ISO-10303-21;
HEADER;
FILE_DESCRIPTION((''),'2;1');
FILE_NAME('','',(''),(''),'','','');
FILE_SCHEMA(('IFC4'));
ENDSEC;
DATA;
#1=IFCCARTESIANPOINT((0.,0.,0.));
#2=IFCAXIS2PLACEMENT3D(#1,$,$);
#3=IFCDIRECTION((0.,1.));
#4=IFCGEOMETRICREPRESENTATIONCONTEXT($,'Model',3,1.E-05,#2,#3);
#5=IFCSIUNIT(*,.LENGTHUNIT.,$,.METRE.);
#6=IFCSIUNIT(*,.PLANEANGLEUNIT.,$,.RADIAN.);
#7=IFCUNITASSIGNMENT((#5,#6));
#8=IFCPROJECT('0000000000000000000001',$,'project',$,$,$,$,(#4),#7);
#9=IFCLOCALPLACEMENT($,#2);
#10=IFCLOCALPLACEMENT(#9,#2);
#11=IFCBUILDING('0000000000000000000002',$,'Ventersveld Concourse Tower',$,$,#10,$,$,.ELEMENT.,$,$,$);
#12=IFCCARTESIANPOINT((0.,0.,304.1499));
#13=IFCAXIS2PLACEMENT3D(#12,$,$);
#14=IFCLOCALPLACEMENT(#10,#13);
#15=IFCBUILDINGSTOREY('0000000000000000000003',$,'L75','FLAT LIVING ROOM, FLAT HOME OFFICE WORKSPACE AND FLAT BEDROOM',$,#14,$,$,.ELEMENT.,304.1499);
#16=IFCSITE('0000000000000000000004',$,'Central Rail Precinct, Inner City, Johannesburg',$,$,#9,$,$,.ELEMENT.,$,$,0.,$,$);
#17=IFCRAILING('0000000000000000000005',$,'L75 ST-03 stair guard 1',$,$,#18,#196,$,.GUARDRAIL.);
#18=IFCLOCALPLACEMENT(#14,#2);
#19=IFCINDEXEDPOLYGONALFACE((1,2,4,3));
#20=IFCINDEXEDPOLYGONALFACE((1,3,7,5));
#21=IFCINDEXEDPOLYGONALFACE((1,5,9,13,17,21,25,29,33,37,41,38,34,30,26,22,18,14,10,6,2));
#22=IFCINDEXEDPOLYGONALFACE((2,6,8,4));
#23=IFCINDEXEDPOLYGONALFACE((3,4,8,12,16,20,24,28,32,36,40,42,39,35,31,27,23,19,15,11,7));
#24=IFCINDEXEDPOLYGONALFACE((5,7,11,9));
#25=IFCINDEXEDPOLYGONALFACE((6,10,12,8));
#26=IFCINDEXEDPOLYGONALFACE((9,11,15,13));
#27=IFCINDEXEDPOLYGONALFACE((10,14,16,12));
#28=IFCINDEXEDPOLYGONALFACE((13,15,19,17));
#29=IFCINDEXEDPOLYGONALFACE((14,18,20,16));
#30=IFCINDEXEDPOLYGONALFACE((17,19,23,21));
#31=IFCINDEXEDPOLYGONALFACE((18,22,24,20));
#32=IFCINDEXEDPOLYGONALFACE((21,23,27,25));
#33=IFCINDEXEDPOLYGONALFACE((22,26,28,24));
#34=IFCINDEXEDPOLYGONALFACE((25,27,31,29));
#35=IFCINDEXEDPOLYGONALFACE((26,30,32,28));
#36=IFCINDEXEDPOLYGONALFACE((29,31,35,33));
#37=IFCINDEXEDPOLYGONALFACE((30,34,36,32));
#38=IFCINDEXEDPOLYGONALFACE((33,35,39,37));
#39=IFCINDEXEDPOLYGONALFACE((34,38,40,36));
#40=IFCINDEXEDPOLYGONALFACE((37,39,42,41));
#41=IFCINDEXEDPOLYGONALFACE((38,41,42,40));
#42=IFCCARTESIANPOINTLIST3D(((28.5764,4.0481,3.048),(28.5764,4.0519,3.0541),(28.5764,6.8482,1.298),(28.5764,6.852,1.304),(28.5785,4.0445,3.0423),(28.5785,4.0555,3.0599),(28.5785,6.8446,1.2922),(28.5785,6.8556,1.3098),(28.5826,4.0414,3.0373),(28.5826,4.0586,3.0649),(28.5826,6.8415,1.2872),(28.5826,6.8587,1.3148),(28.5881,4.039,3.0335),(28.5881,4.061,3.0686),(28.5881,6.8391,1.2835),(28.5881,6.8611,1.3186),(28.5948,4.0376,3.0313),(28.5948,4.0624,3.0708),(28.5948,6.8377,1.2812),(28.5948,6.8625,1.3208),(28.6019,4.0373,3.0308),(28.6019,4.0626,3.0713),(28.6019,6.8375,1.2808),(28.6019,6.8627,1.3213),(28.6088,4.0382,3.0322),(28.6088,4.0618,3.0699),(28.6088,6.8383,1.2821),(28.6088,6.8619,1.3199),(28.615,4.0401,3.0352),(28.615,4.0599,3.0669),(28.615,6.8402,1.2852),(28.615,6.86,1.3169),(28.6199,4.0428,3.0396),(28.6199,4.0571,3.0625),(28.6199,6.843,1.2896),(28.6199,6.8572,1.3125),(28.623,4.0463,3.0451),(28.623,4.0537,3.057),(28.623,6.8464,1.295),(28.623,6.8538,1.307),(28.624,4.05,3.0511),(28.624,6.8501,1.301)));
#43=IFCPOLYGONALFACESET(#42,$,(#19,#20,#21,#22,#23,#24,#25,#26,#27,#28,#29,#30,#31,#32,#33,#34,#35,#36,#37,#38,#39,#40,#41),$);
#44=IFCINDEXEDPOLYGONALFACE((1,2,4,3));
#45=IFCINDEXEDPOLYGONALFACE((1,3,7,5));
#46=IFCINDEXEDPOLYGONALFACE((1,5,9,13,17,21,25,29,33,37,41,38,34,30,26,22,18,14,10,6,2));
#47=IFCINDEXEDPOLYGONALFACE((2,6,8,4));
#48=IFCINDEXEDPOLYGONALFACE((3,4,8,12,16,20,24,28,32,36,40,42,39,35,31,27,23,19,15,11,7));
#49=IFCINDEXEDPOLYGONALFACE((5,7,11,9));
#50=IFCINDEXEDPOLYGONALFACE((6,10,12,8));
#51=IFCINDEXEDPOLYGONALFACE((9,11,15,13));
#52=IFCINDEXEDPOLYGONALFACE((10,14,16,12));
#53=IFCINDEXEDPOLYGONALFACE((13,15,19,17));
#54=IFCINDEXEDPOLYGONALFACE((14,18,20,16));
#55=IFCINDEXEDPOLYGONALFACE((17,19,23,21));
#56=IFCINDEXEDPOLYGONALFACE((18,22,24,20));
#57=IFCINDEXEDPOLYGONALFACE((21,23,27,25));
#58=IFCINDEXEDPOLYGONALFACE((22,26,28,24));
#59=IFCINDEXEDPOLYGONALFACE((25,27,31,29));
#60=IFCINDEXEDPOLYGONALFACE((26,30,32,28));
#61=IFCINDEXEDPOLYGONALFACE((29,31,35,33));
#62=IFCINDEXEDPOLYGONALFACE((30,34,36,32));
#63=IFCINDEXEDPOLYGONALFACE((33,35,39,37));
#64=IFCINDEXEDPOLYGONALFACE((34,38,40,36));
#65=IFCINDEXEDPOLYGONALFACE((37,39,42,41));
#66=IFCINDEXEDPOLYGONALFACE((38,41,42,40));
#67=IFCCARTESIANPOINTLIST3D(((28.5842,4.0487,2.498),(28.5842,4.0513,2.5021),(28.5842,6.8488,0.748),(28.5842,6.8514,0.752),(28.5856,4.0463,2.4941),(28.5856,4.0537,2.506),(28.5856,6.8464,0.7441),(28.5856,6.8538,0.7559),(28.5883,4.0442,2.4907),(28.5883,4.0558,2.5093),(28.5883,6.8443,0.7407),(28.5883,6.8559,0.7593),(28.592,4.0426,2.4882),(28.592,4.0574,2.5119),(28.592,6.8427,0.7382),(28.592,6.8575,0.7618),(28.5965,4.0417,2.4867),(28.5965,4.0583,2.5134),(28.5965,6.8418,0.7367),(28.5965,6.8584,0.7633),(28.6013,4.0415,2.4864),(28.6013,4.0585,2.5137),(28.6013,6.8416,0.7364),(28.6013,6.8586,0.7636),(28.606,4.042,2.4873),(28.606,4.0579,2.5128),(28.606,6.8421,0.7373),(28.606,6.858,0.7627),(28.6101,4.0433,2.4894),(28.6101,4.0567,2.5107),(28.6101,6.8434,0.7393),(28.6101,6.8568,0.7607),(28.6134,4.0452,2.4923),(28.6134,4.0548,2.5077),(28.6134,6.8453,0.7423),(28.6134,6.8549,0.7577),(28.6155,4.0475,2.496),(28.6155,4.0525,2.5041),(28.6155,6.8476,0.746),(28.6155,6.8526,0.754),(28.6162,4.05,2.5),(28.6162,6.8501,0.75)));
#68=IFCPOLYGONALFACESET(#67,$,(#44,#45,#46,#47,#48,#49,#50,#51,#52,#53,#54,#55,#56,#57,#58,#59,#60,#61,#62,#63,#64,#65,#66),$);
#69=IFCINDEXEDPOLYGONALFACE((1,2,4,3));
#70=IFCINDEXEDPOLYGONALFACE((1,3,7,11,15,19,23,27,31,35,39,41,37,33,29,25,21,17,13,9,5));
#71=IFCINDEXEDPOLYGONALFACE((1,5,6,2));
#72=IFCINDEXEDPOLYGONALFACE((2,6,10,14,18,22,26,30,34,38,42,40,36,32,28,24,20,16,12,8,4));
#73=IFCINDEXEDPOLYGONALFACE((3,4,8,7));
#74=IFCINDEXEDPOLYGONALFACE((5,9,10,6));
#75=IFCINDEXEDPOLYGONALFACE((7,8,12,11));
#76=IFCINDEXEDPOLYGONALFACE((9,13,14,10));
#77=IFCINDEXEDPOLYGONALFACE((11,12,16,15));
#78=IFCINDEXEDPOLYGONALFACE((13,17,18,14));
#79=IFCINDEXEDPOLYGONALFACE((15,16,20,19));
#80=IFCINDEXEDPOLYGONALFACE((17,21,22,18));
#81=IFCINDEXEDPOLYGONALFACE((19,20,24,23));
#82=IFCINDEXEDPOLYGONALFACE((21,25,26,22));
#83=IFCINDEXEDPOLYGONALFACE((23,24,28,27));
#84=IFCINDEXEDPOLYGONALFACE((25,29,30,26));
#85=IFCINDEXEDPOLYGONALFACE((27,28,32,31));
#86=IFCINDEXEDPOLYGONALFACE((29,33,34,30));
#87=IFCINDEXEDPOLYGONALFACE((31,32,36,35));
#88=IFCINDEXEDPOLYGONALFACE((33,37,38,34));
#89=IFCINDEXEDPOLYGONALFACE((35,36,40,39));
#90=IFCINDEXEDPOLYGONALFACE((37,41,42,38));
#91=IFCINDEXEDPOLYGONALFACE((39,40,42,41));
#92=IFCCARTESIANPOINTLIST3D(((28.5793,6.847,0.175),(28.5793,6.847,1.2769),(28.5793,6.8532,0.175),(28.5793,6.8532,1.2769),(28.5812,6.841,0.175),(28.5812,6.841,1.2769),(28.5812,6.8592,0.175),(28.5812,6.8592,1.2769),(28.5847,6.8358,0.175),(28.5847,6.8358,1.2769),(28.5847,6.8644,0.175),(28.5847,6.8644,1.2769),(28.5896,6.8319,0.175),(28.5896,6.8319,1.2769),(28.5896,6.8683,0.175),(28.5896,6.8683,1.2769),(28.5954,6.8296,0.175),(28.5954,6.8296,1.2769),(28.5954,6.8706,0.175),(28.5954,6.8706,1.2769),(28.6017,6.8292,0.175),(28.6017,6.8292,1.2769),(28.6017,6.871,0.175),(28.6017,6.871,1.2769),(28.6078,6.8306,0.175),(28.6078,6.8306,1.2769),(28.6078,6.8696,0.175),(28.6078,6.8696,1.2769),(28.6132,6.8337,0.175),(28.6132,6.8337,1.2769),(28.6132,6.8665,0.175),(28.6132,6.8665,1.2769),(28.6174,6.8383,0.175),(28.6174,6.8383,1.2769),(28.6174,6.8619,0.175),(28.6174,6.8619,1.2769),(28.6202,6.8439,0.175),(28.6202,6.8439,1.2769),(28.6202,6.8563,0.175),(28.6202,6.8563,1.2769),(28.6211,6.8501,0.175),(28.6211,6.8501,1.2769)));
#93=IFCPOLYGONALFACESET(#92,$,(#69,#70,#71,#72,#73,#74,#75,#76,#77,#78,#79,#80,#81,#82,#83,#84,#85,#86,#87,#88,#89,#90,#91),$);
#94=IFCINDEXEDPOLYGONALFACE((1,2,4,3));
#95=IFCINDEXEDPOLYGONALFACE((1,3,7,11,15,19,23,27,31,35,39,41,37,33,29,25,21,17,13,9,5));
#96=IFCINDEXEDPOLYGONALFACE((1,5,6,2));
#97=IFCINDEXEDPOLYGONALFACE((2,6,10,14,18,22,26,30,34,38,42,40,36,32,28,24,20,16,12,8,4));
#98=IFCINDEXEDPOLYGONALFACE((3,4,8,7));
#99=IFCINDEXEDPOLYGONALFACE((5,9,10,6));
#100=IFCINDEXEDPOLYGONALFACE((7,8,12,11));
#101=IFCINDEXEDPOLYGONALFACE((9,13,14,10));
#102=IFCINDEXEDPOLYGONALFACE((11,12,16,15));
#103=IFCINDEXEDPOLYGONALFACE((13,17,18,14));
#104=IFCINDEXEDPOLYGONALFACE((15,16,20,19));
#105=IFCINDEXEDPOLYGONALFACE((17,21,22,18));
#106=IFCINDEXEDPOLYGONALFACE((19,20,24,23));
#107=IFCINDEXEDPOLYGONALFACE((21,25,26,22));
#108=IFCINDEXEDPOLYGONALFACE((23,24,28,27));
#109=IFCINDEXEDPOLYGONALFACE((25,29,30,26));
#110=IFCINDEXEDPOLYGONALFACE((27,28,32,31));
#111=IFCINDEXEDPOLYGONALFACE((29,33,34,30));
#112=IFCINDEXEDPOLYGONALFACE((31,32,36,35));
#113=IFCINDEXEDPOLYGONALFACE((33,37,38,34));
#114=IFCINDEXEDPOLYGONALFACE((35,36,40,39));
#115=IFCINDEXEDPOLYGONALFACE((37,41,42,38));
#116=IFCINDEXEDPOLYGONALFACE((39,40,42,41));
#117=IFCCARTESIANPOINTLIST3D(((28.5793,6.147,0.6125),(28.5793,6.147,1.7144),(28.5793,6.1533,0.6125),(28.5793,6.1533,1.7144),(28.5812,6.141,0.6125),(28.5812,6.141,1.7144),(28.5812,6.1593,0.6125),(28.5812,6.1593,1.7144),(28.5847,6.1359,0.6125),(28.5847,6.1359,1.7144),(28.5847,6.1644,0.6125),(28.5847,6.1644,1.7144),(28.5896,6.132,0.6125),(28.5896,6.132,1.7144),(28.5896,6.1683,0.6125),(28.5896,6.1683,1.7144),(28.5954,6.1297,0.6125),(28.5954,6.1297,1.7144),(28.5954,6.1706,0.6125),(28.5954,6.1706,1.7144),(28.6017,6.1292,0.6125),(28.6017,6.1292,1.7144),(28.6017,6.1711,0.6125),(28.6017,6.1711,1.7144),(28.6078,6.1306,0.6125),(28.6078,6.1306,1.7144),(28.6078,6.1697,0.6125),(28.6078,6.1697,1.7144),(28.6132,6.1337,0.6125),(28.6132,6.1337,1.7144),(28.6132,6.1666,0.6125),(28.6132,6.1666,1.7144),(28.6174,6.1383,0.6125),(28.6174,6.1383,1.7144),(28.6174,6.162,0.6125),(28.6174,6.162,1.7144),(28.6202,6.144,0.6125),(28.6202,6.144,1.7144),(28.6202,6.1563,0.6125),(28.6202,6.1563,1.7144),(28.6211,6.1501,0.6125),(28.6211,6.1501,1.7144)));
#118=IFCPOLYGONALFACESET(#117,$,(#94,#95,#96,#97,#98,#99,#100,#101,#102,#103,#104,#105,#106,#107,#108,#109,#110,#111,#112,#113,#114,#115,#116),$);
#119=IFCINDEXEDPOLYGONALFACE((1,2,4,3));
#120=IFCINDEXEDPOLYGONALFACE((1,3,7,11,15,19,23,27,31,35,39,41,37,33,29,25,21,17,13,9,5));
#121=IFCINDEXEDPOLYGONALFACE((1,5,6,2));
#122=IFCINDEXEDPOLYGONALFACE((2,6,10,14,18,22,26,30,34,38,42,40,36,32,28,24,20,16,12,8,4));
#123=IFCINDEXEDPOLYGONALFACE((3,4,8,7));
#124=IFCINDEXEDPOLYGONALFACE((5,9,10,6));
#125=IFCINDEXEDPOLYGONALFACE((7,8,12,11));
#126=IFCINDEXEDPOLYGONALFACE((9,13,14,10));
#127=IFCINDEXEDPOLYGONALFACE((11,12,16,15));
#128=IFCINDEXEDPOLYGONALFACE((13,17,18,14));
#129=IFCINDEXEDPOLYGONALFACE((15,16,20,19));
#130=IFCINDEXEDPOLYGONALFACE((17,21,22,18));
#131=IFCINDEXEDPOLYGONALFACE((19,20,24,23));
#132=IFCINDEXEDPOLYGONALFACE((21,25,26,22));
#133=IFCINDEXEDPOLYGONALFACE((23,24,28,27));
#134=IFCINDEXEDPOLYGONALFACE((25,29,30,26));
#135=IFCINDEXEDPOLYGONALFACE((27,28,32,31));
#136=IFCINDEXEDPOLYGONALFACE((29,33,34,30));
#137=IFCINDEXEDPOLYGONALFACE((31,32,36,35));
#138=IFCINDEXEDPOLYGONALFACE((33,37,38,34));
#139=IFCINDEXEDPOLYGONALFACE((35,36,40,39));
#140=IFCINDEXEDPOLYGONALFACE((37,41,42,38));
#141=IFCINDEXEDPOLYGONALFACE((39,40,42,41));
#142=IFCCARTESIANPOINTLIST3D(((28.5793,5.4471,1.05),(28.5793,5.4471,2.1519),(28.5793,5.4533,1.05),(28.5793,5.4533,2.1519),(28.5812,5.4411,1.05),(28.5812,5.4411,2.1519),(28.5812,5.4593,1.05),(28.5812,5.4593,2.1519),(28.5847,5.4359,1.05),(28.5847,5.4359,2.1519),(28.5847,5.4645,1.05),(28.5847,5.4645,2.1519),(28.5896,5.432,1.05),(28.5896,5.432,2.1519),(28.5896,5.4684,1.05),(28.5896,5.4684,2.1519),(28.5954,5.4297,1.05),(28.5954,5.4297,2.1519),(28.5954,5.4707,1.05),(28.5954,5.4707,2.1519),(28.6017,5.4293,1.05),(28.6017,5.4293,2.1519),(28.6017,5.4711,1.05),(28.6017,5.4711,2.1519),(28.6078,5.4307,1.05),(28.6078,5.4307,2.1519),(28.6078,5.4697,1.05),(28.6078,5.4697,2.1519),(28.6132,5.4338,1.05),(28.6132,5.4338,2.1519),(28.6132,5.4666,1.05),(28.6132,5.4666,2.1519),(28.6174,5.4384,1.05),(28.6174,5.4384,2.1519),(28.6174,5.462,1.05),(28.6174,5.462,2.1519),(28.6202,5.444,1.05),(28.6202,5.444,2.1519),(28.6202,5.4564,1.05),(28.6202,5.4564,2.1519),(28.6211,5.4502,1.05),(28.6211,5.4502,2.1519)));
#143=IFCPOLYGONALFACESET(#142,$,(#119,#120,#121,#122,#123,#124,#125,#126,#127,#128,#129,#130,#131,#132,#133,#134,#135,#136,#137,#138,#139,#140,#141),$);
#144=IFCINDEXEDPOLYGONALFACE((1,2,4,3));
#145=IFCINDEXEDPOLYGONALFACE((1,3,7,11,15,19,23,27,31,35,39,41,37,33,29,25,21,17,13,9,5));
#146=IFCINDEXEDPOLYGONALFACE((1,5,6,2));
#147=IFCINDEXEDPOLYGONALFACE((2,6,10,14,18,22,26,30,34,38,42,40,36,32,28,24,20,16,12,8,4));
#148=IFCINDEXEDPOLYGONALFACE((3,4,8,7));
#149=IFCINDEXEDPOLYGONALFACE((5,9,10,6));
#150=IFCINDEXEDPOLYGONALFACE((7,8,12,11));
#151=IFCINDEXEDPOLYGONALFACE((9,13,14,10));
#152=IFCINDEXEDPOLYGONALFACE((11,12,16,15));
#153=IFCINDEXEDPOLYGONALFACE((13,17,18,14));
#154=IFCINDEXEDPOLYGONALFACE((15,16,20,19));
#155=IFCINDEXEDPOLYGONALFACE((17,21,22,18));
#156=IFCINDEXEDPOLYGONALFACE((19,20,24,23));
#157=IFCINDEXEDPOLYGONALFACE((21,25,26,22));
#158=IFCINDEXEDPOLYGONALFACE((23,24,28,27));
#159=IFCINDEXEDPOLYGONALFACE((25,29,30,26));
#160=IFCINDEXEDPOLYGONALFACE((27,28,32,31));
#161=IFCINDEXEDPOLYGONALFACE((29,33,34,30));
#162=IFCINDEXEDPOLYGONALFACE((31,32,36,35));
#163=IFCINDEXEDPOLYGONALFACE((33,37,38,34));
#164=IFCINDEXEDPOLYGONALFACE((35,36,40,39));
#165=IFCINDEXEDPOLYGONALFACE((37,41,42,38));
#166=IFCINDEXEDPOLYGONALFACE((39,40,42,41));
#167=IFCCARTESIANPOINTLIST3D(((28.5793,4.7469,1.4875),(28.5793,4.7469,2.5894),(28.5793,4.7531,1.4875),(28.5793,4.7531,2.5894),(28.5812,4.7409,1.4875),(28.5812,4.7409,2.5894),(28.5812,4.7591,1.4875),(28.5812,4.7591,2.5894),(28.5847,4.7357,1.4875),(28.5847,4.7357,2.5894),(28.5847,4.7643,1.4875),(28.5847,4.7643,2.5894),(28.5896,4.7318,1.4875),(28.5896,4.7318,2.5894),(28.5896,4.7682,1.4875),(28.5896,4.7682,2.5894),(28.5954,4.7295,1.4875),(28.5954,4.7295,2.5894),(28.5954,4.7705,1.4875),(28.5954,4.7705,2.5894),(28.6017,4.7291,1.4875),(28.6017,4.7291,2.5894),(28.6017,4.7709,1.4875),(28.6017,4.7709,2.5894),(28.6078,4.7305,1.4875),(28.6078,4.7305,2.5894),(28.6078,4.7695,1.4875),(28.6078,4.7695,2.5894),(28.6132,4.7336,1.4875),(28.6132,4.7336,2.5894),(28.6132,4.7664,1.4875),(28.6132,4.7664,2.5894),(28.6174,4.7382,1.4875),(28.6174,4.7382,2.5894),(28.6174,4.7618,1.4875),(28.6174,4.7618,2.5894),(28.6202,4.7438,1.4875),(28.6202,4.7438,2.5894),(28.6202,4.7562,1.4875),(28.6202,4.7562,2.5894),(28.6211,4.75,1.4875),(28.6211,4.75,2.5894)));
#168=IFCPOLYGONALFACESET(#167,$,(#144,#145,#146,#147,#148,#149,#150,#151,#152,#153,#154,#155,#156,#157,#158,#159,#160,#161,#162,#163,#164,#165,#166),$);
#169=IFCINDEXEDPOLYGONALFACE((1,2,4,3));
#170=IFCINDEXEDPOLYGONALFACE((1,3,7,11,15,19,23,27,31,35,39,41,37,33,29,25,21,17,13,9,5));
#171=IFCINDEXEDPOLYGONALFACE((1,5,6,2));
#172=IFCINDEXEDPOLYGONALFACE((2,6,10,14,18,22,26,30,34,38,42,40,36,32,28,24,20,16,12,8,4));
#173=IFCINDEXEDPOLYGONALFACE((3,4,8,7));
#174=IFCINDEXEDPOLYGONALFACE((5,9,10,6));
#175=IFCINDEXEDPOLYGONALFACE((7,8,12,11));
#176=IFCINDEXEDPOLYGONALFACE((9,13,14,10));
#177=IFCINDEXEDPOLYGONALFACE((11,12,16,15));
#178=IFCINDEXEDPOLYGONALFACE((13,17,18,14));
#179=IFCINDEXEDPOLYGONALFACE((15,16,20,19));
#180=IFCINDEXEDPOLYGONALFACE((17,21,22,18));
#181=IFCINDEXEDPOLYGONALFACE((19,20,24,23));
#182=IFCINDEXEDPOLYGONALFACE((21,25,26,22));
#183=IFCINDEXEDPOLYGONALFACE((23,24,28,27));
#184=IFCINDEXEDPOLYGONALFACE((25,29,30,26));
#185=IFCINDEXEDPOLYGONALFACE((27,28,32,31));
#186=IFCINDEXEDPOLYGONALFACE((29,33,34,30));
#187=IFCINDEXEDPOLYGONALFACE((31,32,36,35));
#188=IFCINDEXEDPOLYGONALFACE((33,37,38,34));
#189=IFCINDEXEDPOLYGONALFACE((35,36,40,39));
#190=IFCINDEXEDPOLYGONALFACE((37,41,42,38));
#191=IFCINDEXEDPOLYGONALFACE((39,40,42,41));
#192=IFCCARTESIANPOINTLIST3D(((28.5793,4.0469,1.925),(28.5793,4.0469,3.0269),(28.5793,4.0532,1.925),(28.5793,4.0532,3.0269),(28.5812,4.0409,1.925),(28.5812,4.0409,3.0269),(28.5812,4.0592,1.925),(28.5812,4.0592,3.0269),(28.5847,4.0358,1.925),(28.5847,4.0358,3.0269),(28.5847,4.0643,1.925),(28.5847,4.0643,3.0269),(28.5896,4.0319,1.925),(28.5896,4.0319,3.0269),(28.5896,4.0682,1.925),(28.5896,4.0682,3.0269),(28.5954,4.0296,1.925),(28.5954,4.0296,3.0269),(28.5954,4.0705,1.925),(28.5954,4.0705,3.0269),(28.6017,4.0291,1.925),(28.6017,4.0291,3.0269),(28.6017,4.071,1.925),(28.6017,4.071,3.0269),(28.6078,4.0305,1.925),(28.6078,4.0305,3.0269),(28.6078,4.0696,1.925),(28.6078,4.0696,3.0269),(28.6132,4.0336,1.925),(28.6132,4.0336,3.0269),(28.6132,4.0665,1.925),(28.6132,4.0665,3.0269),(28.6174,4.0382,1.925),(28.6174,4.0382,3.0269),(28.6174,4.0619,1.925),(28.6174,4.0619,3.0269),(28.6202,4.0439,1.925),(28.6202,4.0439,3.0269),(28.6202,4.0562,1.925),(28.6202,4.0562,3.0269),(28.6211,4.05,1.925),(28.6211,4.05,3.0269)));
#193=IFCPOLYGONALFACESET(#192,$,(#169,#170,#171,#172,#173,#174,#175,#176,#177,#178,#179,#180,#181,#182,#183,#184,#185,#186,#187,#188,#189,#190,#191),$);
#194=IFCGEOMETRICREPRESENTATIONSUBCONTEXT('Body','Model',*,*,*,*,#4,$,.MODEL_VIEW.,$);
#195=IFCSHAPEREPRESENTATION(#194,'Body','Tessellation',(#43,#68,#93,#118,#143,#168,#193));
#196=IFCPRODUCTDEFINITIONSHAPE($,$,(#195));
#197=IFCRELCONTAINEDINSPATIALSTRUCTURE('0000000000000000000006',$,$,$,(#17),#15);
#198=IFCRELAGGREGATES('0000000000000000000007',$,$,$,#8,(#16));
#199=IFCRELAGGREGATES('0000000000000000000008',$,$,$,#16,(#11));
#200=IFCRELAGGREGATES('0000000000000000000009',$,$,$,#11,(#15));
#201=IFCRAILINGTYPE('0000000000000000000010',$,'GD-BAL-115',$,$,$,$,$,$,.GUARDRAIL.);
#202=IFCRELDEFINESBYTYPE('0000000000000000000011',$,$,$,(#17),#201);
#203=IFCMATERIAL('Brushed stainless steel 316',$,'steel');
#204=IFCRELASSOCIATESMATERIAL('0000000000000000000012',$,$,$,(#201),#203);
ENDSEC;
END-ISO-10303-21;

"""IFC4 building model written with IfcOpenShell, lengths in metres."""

from ifc_helpers import new_model, si_unit, direction, frame, origin, origin_2d, place, context, subcontext, project, spatial, circle, extrude, material, type_object, element, save


model = new_model("IFC4")

# Units and contexts
model_context = context("Model", 3, precision=1e-05, world=origin(), true_north=direction((0.0, 1.0)))
body_context = subcontext(model_context, "Body", "Model", "MODEL_VIEW")
ifc_project = project(units=[si_unit("LENGTHUNIT", "METRE"), si_unit("PLANEANGLEUNIT", "RADIAN")], contexts=[model_context])

# Site, building, storey
site_placement = place(None, origin())
site = spatial("IfcSite", under=ifc_project, at=site_placement, Name="Central Rail Precinct, Inner City, Johannesburg", CompositionType="ELEMENT", RefElevation=0.0)
building_placement = place(site_placement, origin())
building = spatial("IfcBuilding", under=site, at=building_placement, Name="Ventersveld Concourse Tower", CompositionType="ELEMENT")
storey_placement = place(building_placement, frame((0.0, 0.0, 304.1499)))
storey = spatial("IfcBuildingStorey", under=building, at=storey_placement, Name="L75", Description="FLAT LIVING ROOM, FLAT HOME OFFICE WORKSPACE AND FLAT BEDROOM", CompositionType="ELEMENT", Elevation=304.1499)

# Shared definitions
ifc_material_1 = material(Name="Brushed stainless steel 316", Category="steel")

# Railing
railing_type_1 = type_object("IfcRailingType", Name="GD-BAL-115", PredefinedType="GUARDRAIL", material=ifc_material_1)
railing_1_placement = place(storey_placement, frame((28.6001, 6.8501, 0.175)))
element("IfcRailing", 1, at=railing_1_placement, inside=storey, type_object=railing_type_1, Name="L75 ST-03 stair guard 1", PredefinedType="GUARDRAIL", context=body_context, shape_type="SweptSolid", body=[
    extrude(circle(Radius=0.0239, at=origin_2d()), frame((0.0, 0.0, 1.126), z_axis=(0.0, -0.848002, 0.529992), x_axis=(1.0, 0.0, 0.0)), (0.0, 0.0, 1.0), 3.302),
    extrude(circle(Radius=0.0161, at=origin_2d()), frame((0.0, 0.0, 0.575), z_axis=(0.0, -0.848002, 0.529992), x_axis=(1.0, 0.0, 0.0)), (0.0, 0.0, 1.0), 3.302),
    extrude(circle(Radius=0.021, at=origin_2d()), origin(), (0.0, 0.0, 1.0), 1.1018),
    extrude(circle(Radius=0.021, at=origin_2d()), frame((0.0, -0.7, 0.4375)), (0.0, 0.0, 1.0), 1.1018),
    extrude(circle(Radius=0.021, at=origin_2d()), frame((0.0, -1.3999, 0.875)), (0.0, 0.0, 1.0), 1.1018),
    extrude(circle(Radius=0.021, at=origin_2d()), frame((0.0, -2.1001, 1.3125)), (0.0, 0.0, 1.0), 1.1018),
    extrude(circle(Radius=0.021, at=origin_2d()), frame((0.0, -2.8, 1.75)), (0.0, 0.0, 1.0), 1.1018),
])

save(model, "model.ifc")
